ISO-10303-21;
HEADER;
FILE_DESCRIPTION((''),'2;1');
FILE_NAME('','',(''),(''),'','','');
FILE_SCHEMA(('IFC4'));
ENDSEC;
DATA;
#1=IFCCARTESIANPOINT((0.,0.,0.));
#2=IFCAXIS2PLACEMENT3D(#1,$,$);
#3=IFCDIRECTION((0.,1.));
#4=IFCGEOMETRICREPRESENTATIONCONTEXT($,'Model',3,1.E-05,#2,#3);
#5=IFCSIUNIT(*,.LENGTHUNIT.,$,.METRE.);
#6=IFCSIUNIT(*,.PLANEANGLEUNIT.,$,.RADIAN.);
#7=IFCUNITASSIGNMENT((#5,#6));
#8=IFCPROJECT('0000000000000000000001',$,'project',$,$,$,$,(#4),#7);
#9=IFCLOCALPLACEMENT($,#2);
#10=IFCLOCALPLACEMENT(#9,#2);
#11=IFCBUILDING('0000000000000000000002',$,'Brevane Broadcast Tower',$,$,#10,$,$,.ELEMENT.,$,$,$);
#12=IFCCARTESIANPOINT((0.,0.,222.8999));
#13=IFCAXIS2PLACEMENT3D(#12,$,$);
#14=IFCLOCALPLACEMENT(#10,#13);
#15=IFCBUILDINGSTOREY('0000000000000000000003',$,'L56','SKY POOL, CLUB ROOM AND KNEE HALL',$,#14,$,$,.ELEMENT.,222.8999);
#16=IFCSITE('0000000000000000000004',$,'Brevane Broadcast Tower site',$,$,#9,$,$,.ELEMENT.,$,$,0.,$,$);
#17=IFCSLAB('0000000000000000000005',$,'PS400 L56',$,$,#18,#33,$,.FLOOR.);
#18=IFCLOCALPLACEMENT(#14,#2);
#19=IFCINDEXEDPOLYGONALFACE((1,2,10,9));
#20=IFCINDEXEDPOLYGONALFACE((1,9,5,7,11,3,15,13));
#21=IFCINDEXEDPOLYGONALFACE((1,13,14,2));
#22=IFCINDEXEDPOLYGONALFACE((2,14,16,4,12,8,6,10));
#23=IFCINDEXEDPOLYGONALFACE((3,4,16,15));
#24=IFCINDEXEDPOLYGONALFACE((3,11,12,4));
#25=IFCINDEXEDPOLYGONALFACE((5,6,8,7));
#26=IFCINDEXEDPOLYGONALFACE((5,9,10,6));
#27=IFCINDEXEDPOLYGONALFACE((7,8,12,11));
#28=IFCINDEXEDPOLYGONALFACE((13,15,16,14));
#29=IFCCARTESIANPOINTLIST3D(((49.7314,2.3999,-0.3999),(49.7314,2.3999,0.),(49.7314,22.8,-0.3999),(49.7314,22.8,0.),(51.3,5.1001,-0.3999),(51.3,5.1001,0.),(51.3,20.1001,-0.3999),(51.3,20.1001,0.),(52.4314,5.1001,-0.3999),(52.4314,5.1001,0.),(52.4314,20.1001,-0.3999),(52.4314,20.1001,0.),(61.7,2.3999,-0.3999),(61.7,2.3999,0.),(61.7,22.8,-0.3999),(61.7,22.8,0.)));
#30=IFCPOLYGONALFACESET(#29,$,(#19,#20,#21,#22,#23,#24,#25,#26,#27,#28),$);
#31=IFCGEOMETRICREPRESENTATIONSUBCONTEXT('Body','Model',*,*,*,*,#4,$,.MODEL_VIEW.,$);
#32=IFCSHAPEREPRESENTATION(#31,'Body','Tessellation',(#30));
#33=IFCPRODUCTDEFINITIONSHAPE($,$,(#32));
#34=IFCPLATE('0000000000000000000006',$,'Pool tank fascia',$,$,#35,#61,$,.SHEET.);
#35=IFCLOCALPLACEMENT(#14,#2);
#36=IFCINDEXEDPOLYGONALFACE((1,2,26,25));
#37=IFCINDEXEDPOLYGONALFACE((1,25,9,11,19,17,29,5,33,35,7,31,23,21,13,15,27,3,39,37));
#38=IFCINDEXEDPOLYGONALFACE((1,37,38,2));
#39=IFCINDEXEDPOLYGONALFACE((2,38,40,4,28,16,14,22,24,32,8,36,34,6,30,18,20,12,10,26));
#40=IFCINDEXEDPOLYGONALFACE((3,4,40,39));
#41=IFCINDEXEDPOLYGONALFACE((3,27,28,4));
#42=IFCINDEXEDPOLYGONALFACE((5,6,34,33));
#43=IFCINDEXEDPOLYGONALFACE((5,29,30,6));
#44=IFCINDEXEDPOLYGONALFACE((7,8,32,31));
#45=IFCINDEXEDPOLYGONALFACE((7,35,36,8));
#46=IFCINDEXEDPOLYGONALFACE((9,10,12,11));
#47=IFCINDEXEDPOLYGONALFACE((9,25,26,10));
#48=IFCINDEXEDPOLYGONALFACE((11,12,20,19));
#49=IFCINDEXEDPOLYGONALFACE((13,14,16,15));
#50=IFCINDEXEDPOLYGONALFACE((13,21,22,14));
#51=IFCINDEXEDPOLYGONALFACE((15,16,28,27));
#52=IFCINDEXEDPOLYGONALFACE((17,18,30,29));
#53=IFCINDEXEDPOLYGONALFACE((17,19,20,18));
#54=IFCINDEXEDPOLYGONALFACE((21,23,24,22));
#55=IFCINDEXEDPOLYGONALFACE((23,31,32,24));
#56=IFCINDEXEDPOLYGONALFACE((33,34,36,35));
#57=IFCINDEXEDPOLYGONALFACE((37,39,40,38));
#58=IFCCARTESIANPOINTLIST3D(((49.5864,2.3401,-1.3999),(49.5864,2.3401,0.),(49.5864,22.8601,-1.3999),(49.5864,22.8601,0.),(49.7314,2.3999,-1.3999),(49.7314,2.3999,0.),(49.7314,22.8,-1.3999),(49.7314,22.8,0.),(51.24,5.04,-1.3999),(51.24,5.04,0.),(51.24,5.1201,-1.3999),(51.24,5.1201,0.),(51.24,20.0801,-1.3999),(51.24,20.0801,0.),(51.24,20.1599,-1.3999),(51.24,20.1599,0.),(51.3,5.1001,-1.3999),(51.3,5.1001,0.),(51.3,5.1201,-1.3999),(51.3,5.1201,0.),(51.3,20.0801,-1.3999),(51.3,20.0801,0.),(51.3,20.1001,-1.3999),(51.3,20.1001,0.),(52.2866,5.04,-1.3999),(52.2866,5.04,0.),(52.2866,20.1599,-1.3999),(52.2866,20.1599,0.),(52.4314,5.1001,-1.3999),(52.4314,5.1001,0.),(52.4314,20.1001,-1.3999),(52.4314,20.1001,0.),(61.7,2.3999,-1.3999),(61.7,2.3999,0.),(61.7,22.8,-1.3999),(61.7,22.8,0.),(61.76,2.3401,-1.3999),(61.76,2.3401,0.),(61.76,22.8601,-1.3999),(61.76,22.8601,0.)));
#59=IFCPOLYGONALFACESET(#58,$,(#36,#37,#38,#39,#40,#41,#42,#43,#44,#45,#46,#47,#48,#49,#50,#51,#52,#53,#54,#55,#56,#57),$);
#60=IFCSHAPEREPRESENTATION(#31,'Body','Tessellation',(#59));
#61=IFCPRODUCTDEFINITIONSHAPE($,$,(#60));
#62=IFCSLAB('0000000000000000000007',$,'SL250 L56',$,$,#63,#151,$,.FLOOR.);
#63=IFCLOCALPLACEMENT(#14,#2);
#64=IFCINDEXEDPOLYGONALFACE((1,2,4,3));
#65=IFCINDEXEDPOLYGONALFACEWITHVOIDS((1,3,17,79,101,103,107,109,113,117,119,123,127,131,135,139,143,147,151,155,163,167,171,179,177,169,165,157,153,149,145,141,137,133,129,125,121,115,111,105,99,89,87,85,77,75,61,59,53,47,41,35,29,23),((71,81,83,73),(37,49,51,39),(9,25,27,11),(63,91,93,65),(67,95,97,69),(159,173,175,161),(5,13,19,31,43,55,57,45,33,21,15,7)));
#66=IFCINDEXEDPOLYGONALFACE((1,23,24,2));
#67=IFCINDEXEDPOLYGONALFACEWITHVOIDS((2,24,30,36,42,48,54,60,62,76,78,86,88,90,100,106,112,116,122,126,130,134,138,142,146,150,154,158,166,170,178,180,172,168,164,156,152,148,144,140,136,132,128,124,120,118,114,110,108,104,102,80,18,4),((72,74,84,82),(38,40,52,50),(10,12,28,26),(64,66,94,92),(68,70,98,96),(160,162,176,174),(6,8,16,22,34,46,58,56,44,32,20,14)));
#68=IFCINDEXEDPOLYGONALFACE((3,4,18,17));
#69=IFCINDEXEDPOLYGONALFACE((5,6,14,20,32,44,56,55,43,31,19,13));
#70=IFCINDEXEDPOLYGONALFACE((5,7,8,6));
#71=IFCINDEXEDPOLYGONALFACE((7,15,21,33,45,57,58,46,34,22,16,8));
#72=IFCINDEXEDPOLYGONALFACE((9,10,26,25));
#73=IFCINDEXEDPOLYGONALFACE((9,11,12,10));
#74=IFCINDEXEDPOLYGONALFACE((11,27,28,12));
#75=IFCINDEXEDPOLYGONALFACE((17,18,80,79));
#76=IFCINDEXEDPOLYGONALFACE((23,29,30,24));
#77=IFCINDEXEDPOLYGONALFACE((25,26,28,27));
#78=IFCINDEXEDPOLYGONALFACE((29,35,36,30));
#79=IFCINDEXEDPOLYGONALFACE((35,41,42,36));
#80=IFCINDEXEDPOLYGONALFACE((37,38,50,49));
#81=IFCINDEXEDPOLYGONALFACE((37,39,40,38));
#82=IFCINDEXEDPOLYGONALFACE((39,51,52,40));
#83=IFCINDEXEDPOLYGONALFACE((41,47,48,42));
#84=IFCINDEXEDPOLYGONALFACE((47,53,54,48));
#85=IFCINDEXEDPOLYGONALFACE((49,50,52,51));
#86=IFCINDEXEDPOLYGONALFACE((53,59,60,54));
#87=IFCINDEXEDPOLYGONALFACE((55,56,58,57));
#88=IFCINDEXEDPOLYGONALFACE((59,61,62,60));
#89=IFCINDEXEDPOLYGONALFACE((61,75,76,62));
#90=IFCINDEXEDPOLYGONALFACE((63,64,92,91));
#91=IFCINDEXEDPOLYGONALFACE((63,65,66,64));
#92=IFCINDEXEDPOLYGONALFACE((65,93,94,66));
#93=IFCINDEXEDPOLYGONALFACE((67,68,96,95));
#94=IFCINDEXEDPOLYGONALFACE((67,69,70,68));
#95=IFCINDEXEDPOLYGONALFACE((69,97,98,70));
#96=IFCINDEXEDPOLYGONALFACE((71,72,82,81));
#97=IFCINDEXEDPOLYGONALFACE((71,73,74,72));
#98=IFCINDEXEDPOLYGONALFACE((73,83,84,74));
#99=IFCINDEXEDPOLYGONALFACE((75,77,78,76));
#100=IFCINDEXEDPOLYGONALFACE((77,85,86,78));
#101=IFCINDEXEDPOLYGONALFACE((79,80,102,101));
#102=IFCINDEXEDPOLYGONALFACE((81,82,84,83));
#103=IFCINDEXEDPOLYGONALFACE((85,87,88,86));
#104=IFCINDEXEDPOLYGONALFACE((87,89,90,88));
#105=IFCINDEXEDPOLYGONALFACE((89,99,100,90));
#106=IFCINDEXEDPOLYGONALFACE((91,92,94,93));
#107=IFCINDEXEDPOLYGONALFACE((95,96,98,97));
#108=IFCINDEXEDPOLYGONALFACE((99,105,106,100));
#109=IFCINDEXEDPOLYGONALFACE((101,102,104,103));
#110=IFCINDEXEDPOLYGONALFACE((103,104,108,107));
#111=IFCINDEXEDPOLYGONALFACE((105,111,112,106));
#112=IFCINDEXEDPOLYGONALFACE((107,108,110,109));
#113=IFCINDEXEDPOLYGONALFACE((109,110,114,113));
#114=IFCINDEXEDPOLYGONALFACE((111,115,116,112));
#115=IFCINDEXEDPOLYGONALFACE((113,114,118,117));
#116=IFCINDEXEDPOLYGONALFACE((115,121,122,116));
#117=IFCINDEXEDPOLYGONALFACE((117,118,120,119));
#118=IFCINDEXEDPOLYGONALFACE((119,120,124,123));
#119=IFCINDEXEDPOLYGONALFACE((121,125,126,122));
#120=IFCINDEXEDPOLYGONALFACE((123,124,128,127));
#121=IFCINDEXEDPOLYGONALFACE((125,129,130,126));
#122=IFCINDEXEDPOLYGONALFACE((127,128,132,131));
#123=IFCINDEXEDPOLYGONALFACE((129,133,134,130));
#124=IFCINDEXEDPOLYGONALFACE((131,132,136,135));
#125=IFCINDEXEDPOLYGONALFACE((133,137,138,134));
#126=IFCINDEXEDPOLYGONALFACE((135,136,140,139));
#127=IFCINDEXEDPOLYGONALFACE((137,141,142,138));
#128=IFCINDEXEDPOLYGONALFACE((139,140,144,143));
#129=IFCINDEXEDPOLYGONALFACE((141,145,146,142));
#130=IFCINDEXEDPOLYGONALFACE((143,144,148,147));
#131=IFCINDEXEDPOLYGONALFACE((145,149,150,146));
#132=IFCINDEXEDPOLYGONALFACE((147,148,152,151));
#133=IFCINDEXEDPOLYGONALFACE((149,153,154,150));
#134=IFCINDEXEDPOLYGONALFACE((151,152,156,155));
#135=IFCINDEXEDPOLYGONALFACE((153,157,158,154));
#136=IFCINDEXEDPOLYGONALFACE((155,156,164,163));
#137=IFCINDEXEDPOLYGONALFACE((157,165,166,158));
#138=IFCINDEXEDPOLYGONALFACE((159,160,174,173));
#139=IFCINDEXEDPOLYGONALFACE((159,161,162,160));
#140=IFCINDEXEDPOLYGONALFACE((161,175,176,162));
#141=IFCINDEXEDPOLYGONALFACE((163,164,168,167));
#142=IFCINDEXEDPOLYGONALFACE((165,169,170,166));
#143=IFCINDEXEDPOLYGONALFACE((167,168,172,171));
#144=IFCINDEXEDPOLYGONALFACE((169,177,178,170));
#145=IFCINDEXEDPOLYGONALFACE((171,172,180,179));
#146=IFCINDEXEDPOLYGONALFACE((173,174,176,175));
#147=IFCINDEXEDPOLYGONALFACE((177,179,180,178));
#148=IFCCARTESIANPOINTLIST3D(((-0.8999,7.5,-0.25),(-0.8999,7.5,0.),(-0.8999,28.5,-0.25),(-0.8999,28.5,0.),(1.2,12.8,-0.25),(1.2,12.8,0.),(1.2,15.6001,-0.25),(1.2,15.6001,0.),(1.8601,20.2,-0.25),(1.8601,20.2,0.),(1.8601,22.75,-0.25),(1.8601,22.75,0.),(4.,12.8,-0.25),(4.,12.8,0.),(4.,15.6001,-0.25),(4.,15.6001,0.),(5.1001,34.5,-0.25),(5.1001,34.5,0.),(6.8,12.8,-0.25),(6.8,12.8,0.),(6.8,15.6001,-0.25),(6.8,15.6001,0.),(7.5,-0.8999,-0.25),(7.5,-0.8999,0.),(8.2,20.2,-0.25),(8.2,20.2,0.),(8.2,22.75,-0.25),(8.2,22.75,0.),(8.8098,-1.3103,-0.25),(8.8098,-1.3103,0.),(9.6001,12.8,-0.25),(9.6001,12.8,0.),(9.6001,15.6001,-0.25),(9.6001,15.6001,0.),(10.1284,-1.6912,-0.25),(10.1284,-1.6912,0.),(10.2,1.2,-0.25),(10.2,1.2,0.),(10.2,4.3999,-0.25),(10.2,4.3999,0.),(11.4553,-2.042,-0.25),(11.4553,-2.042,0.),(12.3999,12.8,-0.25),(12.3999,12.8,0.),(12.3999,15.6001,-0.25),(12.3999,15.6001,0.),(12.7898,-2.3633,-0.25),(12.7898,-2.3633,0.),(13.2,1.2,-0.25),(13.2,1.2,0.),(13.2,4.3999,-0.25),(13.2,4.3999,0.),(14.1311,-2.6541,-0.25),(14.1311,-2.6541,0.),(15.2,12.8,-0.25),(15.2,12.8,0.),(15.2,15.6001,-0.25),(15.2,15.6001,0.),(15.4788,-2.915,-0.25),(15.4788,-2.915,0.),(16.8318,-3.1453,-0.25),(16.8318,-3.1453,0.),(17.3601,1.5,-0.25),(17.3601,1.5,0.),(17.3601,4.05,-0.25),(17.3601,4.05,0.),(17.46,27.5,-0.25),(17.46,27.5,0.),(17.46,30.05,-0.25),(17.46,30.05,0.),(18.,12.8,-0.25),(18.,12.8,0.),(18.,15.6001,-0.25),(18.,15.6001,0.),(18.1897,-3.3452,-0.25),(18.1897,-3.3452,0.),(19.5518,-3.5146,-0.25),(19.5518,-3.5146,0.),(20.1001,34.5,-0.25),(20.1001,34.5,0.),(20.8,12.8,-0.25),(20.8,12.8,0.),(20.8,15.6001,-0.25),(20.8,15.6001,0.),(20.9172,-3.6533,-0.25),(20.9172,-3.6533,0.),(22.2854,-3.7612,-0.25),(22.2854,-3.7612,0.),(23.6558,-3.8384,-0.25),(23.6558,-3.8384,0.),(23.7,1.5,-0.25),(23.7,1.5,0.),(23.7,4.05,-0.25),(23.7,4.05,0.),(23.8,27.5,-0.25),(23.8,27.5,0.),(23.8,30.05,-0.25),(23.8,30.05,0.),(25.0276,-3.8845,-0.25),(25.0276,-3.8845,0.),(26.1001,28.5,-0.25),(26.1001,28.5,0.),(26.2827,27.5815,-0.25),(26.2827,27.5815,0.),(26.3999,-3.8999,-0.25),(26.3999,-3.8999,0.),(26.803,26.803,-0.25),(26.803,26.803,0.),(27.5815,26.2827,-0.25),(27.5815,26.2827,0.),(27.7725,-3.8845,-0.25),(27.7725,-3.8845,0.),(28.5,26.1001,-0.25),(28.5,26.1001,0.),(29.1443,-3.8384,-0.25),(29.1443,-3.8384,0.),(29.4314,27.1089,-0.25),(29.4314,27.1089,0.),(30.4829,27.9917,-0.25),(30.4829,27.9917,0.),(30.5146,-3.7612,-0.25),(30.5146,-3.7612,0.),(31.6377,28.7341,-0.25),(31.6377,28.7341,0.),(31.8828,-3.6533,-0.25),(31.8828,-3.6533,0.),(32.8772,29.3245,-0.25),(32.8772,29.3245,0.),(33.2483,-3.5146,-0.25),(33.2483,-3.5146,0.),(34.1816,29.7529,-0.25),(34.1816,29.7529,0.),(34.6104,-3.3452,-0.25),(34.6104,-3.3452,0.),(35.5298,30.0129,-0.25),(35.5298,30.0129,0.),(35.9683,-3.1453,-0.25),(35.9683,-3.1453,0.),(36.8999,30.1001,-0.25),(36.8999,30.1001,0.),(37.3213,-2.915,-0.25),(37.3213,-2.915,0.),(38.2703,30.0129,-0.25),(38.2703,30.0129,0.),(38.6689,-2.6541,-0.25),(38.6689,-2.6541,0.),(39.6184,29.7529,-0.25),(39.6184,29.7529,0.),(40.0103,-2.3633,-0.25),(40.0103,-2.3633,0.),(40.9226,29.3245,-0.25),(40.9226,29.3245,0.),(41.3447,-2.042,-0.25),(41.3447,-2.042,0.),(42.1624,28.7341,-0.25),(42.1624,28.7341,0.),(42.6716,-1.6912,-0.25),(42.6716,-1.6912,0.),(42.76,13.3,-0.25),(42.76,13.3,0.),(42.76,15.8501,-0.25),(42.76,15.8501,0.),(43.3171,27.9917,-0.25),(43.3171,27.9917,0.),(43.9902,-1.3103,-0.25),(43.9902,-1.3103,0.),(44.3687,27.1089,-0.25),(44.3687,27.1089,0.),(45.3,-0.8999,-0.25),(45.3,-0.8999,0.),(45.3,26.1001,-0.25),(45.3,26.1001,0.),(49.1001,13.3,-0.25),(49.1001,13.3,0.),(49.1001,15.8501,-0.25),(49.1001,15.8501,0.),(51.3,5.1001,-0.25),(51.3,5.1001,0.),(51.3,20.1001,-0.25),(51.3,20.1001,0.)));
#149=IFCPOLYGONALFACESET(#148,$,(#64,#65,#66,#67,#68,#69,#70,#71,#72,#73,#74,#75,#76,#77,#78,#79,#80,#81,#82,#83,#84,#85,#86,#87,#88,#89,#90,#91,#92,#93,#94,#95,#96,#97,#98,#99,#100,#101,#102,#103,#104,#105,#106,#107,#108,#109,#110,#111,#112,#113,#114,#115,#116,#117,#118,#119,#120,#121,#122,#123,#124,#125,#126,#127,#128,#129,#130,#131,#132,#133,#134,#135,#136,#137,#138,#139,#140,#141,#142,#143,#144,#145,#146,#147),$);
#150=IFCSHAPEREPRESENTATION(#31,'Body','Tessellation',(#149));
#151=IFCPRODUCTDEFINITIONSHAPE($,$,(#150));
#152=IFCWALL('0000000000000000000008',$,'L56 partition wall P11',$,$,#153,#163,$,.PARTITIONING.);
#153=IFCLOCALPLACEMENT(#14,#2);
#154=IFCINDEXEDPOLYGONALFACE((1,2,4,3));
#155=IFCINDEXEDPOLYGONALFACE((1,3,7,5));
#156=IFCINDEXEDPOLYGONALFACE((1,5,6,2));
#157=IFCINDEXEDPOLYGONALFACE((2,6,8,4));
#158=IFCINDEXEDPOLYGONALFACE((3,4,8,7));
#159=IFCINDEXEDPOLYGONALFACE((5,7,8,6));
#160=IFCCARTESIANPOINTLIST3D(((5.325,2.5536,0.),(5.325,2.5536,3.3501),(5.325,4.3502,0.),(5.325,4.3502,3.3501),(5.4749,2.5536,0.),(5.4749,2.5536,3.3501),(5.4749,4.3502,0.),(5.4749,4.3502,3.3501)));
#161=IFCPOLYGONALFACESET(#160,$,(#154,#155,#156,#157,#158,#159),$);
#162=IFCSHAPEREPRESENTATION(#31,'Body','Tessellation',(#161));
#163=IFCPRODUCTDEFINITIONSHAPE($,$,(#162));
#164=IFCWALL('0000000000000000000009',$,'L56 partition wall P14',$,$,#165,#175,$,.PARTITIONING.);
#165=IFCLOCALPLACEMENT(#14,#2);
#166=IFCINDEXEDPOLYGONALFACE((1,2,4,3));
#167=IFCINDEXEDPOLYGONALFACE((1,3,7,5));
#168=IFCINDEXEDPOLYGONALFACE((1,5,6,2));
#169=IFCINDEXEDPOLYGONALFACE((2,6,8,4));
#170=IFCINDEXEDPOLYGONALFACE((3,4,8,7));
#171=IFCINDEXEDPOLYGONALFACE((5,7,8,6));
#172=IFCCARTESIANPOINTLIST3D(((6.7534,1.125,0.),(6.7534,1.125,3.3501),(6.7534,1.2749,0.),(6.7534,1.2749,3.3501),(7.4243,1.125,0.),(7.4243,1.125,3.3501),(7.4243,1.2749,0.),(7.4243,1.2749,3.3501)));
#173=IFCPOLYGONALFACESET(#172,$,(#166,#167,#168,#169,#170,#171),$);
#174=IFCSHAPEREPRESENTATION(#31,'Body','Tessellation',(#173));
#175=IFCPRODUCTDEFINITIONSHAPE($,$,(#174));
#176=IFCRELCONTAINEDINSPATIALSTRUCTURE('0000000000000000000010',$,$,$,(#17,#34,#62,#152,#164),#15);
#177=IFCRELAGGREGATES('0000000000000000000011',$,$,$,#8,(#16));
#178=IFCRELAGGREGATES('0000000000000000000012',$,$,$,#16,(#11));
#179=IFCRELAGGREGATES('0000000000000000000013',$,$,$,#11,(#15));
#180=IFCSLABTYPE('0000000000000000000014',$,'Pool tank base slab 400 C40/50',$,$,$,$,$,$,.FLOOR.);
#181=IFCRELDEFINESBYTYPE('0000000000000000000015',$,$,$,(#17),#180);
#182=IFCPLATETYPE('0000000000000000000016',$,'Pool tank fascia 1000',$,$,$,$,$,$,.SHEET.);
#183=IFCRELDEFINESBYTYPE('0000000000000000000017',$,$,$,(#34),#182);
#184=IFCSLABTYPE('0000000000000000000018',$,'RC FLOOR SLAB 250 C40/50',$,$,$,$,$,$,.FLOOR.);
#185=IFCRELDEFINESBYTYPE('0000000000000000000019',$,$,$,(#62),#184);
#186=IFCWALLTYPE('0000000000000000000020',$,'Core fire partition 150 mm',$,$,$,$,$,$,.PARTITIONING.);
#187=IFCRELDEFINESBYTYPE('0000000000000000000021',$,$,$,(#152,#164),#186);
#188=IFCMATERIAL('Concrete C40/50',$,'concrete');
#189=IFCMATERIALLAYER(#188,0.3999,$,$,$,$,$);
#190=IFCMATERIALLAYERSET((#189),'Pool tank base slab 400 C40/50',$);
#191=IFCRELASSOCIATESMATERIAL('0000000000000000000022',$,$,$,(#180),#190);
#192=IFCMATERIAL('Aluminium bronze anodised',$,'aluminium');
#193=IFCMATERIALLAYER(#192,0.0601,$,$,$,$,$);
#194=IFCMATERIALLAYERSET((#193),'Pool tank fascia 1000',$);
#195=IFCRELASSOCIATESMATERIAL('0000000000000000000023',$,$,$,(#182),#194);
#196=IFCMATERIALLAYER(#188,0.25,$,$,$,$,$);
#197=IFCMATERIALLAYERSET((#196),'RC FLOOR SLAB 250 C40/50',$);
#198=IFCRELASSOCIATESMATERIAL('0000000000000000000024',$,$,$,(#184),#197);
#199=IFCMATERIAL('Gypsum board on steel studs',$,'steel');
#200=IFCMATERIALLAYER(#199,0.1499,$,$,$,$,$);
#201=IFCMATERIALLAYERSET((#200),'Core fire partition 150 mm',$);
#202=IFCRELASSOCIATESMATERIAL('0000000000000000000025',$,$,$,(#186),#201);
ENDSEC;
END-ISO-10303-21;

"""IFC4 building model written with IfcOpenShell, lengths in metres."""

from ifc_helpers import new_model, si_unit, direction, frame, frame_2d, origin, place, context, subcontext, project, spatial, polyline, rectangle, outline, extrude, material, layer, layer_set, type_object, element, save


model = new_model("IFC4")

# Units and contexts
model_context = context("Model", 3, precision=1e-05, world=origin(), true_north=direction((0.0, 1.0)))
body_context = subcontext(model_context, "Body", "Model", "MODEL_VIEW")
ifc_project = project(units=[si_unit("LENGTHUNIT", "METRE"), si_unit("PLANEANGLEUNIT", "RADIAN")], contexts=[model_context])

# Site, building, storey
site_placement = place(None, origin())
site = spatial("IfcSite", under=ifc_project, at=site_placement, Name="Brevane Broadcast Tower site", CompositionType="ELEMENT", RefElevation=0.0)
building_placement = place(site_placement, origin())
building = spatial("IfcBuilding", under=site, at=building_placement, Name="Brevane Broadcast Tower", CompositionType="ELEMENT")
storey_placement = place(building_placement, frame((0.0, 0.0, 222.8999)))
storey = spatial("IfcBuildingStorey", under=building, at=storey_placement, Name="L56", Description="SKY POOL, CLUB ROOM AND KNEE HALL", CompositionType="ELEMENT", Elevation=222.8999)

# Slab
ifc_material_1 = material(Name="Concrete C40/50", Category="concrete")
ifc_layer_1 = layer(ifc_material_1, 0.3999)
ifc_layer_set_1 = layer_set([ifc_layer_1], Name="Pool tank base slab 400 C40/50")
slab_type_1 = type_object("IfcSlabType", Name="Pool tank base slab 400 C40/50", PredefinedType="FLOOR", material=ifc_layer_set_1)
slab_1_placement = place(storey_placement, frame((0.0, 0.0, -0.3999)))
element("IfcSlab", 1, at=slab_1_placement, inside=storey, type_object=slab_type_1, Name="PS400 L56", PredefinedType="FLOOR", context=body_context, shape_type="SweptSolid", body=[
    extrude(outline(polyline([(52.4314, 5.1001), (51.3, 5.1001), (51.3, 20.1001), (52.4314, 20.1001), (49.7314, 22.8), (61.7, 22.8), (61.7, 2.3999), (49.7314, 2.3999), (52.4314, 5.1001)])), origin(), (0.0, 0.0, 1.0), 0.3999),
])

# Plate
ifc_material_2 = material(Name="Aluminium bronze anodised", Category="aluminium")
ifc_layer_2 = layer(ifc_material_2, 0.0601)
ifc_layer_set_2 = layer_set([ifc_layer_2], Name="Pool tank fascia 1000")
plate_type_1 = type_object("IfcPlateType", Name="Pool tank fascia 1000", PredefinedType="SHEET", material=ifc_layer_set_2)
plate_1_placement = place(storey_placement, frame((0.0, 0.0, -1.3999)))
element("IfcPlate", 2, at=plate_1_placement, inside=storey, type_object=plate_type_1, Name="Pool tank fascia", PredefinedType="SHEET", context=body_context, shape_type="SweptSolid", body=[
    extrude(outline(polyline([(52.2866, 5.04), (49.5864, 2.3401), (61.76, 2.3401), (61.76, 22.8601), (49.5864, 22.8601), (52.2866, 20.1599), (51.24, 20.1599), (51.24, 20.0801), (51.3, 20.0801), (51.3, 20.1001), (52.4314, 20.1001), (49.7314, 22.8), (61.7, 22.8), (61.7, 2.3999), (49.7314, 2.3999), (52.4314, 5.1001), (51.3, 5.1001), (51.3, 5.1201), (51.24, 5.1201), (51.24, 5.04), (52.2866, 5.04)])), origin(), (0.0, 0.0, 1.0), 1.3999),
])

# Slab
ifc_layer_3 = layer(ifc_material_1, 0.25)
ifc_layer_set_3 = layer_set([ifc_layer_3], Name="RC FLOOR SLAB 250 C40/50")
slab_type_2 = type_object("IfcSlabType", Name="RC FLOOR SLAB 250 C40/50", PredefinedType="FLOOR", material=ifc_layer_set_3)
slab_2_placement = place(storey_placement, frame((0.0, 0.0, -0.25)))
element("IfcSlab", 3, at=slab_2_placement, inside=storey, type_object=slab_type_2, Name="SL250 L56", PredefinedType="FLOOR", context=body_context, shape_type="SweptSolid", body=[
    extrude(outline(polyline([(-0.8999, 7.5), (-0.8999, 28.5), (5.1001, 34.5), (20.1001, 34.5), (26.1001, 28.5), (26.2827, 27.5815), (26.803, 26.803), (27.5815, 26.2827), (28.5, 26.1001), (29.4314, 27.1089), (30.4829, 27.9917), (31.6377, 28.7341), (32.8772, 29.3245), (34.1816, 29.7529), (35.5298, 30.0129), (36.8999, 30.1001), (38.2703, 30.0129), (39.6184, 29.7529), (40.9226, 29.3245), (42.1624, 28.7341), (43.3171, 27.9917), (44.3687, 27.1089), (45.3, 26.1001), (51.3, 20.1001), (51.3, 5.1001), (45.3, -0.8999), (43.9902, -1.3103), (42.6716, -1.6912), (41.3447, -2.042), (40.0103, -2.3633), (38.6689, -2.6541), (37.3213, -2.915), (35.9683, -3.1453), (34.6104, -3.3452), (33.2483, -3.5146), (31.8828, -3.6533), (30.5146, -3.7612), (29.1443, -3.8384), (27.7725, -3.8845), (26.3999, -3.8999), (25.0276, -3.8845), (23.6558, -3.8384), (22.2854, -3.7612), (20.9172, -3.6533), (19.5518, -3.5146), (18.1897, -3.3452), (16.8318, -3.1453), (15.4788, -2.915), (14.1311, -2.6541), (12.7898, -2.3633), (11.4553, -2.042), (10.1284, -1.6912), (8.8098, -1.3103), (7.5, -0.8999), (-0.8999, 7.5)]), holes=[polyline([(13.2, 4.3999), (10.2, 4.3999), (10.2, 1.2), (13.2, 1.2), (13.2, 4.3999)]), polyline([(4.0, 15.6001), (1.2, 15.6001), (1.2, 12.8), (4.0, 12.8), (6.8, 12.8), (9.6001, 12.8), (12.3999, 12.8), (15.2, 12.8), (15.2, 15.6001), (12.3999, 15.6001), (9.6001, 15.6001), (6.8, 15.6001), (4.0, 15.6001)]), polyline([(1.8601, 22.75), (1.8601, 20.2), (8.2, 20.2), (8.2, 22.75), (1.8601, 22.75)]), polyline([(23.7, 4.05), (17.3601, 4.05), (17.3601, 1.5), (23.7, 1.5), (23.7, 4.05)]), polyline([(20.8, 15.6001), (18.0, 15.6001), (18.0, 12.8), (20.8, 12.8), (20.8, 15.6001)]), polyline([(49.1001, 15.8501), (42.76, 15.8501), (42.76, 13.3), (49.1001, 13.3), (49.1001, 15.8501)]), polyline([(23.8, 30.05), (17.46, 30.05), (17.46, 27.5), (23.8, 27.5), (23.8, 30.05)])]), origin(), (0.0, 0.0, 1.0), 0.25),
])

# Walls
ifc_material_3 = material(Name="Gypsum board on steel studs", Category="steel")
ifc_layer_4 = layer(ifc_material_3, 0.1499)
ifc_layer_set_4 = layer_set([ifc_layer_4], Name="Core fire partition 150 mm")
wall_type_1 = type_object("IfcWallType", Name="Core fire partition 150 mm", PredefinedType="PARTITIONING", material=ifc_layer_set_4)
wall_1_placement = place(storey_placement, frame((5.3999, 2.5535, 0.0), z_axis=(0.0, 0.0, 1.0), x_axis=(0.0, 1.0, 0.0)))
element("IfcWall", 4, at=wall_1_placement, inside=storey, type_object=wall_type_1, Name="L56 partition wall P11", PredefinedType="PARTITIONING", context=body_context, shape_type="SweptSolid", body=[
    extrude(rectangle(XDim=1.7966, YDim=0.1499, at=frame_2d((0.8984, 0.0))), origin(), (0.0, 0.0, 1.0), 3.3501),
])
wall_2_placement = place(storey_placement, frame((7.4243, 1.2, 0.0), z_axis=(0.0, 0.0, 1.0), x_axis=(-1.0, 0.0, 0.0)))
element("IfcWall", 5, at=wall_2_placement, inside=storey, type_object=wall_type_1, Name="L56 partition wall P14", PredefinedType="PARTITIONING", context=body_context, shape_type="SweptSolid", body=[
    extrude(rectangle(XDim=0.6709, YDim=0.1499, at=frame_2d((0.3354, 0.0))), origin(), (0.0, 0.0, 1.0), 3.3501),
])

save(model, "model.ifc")
